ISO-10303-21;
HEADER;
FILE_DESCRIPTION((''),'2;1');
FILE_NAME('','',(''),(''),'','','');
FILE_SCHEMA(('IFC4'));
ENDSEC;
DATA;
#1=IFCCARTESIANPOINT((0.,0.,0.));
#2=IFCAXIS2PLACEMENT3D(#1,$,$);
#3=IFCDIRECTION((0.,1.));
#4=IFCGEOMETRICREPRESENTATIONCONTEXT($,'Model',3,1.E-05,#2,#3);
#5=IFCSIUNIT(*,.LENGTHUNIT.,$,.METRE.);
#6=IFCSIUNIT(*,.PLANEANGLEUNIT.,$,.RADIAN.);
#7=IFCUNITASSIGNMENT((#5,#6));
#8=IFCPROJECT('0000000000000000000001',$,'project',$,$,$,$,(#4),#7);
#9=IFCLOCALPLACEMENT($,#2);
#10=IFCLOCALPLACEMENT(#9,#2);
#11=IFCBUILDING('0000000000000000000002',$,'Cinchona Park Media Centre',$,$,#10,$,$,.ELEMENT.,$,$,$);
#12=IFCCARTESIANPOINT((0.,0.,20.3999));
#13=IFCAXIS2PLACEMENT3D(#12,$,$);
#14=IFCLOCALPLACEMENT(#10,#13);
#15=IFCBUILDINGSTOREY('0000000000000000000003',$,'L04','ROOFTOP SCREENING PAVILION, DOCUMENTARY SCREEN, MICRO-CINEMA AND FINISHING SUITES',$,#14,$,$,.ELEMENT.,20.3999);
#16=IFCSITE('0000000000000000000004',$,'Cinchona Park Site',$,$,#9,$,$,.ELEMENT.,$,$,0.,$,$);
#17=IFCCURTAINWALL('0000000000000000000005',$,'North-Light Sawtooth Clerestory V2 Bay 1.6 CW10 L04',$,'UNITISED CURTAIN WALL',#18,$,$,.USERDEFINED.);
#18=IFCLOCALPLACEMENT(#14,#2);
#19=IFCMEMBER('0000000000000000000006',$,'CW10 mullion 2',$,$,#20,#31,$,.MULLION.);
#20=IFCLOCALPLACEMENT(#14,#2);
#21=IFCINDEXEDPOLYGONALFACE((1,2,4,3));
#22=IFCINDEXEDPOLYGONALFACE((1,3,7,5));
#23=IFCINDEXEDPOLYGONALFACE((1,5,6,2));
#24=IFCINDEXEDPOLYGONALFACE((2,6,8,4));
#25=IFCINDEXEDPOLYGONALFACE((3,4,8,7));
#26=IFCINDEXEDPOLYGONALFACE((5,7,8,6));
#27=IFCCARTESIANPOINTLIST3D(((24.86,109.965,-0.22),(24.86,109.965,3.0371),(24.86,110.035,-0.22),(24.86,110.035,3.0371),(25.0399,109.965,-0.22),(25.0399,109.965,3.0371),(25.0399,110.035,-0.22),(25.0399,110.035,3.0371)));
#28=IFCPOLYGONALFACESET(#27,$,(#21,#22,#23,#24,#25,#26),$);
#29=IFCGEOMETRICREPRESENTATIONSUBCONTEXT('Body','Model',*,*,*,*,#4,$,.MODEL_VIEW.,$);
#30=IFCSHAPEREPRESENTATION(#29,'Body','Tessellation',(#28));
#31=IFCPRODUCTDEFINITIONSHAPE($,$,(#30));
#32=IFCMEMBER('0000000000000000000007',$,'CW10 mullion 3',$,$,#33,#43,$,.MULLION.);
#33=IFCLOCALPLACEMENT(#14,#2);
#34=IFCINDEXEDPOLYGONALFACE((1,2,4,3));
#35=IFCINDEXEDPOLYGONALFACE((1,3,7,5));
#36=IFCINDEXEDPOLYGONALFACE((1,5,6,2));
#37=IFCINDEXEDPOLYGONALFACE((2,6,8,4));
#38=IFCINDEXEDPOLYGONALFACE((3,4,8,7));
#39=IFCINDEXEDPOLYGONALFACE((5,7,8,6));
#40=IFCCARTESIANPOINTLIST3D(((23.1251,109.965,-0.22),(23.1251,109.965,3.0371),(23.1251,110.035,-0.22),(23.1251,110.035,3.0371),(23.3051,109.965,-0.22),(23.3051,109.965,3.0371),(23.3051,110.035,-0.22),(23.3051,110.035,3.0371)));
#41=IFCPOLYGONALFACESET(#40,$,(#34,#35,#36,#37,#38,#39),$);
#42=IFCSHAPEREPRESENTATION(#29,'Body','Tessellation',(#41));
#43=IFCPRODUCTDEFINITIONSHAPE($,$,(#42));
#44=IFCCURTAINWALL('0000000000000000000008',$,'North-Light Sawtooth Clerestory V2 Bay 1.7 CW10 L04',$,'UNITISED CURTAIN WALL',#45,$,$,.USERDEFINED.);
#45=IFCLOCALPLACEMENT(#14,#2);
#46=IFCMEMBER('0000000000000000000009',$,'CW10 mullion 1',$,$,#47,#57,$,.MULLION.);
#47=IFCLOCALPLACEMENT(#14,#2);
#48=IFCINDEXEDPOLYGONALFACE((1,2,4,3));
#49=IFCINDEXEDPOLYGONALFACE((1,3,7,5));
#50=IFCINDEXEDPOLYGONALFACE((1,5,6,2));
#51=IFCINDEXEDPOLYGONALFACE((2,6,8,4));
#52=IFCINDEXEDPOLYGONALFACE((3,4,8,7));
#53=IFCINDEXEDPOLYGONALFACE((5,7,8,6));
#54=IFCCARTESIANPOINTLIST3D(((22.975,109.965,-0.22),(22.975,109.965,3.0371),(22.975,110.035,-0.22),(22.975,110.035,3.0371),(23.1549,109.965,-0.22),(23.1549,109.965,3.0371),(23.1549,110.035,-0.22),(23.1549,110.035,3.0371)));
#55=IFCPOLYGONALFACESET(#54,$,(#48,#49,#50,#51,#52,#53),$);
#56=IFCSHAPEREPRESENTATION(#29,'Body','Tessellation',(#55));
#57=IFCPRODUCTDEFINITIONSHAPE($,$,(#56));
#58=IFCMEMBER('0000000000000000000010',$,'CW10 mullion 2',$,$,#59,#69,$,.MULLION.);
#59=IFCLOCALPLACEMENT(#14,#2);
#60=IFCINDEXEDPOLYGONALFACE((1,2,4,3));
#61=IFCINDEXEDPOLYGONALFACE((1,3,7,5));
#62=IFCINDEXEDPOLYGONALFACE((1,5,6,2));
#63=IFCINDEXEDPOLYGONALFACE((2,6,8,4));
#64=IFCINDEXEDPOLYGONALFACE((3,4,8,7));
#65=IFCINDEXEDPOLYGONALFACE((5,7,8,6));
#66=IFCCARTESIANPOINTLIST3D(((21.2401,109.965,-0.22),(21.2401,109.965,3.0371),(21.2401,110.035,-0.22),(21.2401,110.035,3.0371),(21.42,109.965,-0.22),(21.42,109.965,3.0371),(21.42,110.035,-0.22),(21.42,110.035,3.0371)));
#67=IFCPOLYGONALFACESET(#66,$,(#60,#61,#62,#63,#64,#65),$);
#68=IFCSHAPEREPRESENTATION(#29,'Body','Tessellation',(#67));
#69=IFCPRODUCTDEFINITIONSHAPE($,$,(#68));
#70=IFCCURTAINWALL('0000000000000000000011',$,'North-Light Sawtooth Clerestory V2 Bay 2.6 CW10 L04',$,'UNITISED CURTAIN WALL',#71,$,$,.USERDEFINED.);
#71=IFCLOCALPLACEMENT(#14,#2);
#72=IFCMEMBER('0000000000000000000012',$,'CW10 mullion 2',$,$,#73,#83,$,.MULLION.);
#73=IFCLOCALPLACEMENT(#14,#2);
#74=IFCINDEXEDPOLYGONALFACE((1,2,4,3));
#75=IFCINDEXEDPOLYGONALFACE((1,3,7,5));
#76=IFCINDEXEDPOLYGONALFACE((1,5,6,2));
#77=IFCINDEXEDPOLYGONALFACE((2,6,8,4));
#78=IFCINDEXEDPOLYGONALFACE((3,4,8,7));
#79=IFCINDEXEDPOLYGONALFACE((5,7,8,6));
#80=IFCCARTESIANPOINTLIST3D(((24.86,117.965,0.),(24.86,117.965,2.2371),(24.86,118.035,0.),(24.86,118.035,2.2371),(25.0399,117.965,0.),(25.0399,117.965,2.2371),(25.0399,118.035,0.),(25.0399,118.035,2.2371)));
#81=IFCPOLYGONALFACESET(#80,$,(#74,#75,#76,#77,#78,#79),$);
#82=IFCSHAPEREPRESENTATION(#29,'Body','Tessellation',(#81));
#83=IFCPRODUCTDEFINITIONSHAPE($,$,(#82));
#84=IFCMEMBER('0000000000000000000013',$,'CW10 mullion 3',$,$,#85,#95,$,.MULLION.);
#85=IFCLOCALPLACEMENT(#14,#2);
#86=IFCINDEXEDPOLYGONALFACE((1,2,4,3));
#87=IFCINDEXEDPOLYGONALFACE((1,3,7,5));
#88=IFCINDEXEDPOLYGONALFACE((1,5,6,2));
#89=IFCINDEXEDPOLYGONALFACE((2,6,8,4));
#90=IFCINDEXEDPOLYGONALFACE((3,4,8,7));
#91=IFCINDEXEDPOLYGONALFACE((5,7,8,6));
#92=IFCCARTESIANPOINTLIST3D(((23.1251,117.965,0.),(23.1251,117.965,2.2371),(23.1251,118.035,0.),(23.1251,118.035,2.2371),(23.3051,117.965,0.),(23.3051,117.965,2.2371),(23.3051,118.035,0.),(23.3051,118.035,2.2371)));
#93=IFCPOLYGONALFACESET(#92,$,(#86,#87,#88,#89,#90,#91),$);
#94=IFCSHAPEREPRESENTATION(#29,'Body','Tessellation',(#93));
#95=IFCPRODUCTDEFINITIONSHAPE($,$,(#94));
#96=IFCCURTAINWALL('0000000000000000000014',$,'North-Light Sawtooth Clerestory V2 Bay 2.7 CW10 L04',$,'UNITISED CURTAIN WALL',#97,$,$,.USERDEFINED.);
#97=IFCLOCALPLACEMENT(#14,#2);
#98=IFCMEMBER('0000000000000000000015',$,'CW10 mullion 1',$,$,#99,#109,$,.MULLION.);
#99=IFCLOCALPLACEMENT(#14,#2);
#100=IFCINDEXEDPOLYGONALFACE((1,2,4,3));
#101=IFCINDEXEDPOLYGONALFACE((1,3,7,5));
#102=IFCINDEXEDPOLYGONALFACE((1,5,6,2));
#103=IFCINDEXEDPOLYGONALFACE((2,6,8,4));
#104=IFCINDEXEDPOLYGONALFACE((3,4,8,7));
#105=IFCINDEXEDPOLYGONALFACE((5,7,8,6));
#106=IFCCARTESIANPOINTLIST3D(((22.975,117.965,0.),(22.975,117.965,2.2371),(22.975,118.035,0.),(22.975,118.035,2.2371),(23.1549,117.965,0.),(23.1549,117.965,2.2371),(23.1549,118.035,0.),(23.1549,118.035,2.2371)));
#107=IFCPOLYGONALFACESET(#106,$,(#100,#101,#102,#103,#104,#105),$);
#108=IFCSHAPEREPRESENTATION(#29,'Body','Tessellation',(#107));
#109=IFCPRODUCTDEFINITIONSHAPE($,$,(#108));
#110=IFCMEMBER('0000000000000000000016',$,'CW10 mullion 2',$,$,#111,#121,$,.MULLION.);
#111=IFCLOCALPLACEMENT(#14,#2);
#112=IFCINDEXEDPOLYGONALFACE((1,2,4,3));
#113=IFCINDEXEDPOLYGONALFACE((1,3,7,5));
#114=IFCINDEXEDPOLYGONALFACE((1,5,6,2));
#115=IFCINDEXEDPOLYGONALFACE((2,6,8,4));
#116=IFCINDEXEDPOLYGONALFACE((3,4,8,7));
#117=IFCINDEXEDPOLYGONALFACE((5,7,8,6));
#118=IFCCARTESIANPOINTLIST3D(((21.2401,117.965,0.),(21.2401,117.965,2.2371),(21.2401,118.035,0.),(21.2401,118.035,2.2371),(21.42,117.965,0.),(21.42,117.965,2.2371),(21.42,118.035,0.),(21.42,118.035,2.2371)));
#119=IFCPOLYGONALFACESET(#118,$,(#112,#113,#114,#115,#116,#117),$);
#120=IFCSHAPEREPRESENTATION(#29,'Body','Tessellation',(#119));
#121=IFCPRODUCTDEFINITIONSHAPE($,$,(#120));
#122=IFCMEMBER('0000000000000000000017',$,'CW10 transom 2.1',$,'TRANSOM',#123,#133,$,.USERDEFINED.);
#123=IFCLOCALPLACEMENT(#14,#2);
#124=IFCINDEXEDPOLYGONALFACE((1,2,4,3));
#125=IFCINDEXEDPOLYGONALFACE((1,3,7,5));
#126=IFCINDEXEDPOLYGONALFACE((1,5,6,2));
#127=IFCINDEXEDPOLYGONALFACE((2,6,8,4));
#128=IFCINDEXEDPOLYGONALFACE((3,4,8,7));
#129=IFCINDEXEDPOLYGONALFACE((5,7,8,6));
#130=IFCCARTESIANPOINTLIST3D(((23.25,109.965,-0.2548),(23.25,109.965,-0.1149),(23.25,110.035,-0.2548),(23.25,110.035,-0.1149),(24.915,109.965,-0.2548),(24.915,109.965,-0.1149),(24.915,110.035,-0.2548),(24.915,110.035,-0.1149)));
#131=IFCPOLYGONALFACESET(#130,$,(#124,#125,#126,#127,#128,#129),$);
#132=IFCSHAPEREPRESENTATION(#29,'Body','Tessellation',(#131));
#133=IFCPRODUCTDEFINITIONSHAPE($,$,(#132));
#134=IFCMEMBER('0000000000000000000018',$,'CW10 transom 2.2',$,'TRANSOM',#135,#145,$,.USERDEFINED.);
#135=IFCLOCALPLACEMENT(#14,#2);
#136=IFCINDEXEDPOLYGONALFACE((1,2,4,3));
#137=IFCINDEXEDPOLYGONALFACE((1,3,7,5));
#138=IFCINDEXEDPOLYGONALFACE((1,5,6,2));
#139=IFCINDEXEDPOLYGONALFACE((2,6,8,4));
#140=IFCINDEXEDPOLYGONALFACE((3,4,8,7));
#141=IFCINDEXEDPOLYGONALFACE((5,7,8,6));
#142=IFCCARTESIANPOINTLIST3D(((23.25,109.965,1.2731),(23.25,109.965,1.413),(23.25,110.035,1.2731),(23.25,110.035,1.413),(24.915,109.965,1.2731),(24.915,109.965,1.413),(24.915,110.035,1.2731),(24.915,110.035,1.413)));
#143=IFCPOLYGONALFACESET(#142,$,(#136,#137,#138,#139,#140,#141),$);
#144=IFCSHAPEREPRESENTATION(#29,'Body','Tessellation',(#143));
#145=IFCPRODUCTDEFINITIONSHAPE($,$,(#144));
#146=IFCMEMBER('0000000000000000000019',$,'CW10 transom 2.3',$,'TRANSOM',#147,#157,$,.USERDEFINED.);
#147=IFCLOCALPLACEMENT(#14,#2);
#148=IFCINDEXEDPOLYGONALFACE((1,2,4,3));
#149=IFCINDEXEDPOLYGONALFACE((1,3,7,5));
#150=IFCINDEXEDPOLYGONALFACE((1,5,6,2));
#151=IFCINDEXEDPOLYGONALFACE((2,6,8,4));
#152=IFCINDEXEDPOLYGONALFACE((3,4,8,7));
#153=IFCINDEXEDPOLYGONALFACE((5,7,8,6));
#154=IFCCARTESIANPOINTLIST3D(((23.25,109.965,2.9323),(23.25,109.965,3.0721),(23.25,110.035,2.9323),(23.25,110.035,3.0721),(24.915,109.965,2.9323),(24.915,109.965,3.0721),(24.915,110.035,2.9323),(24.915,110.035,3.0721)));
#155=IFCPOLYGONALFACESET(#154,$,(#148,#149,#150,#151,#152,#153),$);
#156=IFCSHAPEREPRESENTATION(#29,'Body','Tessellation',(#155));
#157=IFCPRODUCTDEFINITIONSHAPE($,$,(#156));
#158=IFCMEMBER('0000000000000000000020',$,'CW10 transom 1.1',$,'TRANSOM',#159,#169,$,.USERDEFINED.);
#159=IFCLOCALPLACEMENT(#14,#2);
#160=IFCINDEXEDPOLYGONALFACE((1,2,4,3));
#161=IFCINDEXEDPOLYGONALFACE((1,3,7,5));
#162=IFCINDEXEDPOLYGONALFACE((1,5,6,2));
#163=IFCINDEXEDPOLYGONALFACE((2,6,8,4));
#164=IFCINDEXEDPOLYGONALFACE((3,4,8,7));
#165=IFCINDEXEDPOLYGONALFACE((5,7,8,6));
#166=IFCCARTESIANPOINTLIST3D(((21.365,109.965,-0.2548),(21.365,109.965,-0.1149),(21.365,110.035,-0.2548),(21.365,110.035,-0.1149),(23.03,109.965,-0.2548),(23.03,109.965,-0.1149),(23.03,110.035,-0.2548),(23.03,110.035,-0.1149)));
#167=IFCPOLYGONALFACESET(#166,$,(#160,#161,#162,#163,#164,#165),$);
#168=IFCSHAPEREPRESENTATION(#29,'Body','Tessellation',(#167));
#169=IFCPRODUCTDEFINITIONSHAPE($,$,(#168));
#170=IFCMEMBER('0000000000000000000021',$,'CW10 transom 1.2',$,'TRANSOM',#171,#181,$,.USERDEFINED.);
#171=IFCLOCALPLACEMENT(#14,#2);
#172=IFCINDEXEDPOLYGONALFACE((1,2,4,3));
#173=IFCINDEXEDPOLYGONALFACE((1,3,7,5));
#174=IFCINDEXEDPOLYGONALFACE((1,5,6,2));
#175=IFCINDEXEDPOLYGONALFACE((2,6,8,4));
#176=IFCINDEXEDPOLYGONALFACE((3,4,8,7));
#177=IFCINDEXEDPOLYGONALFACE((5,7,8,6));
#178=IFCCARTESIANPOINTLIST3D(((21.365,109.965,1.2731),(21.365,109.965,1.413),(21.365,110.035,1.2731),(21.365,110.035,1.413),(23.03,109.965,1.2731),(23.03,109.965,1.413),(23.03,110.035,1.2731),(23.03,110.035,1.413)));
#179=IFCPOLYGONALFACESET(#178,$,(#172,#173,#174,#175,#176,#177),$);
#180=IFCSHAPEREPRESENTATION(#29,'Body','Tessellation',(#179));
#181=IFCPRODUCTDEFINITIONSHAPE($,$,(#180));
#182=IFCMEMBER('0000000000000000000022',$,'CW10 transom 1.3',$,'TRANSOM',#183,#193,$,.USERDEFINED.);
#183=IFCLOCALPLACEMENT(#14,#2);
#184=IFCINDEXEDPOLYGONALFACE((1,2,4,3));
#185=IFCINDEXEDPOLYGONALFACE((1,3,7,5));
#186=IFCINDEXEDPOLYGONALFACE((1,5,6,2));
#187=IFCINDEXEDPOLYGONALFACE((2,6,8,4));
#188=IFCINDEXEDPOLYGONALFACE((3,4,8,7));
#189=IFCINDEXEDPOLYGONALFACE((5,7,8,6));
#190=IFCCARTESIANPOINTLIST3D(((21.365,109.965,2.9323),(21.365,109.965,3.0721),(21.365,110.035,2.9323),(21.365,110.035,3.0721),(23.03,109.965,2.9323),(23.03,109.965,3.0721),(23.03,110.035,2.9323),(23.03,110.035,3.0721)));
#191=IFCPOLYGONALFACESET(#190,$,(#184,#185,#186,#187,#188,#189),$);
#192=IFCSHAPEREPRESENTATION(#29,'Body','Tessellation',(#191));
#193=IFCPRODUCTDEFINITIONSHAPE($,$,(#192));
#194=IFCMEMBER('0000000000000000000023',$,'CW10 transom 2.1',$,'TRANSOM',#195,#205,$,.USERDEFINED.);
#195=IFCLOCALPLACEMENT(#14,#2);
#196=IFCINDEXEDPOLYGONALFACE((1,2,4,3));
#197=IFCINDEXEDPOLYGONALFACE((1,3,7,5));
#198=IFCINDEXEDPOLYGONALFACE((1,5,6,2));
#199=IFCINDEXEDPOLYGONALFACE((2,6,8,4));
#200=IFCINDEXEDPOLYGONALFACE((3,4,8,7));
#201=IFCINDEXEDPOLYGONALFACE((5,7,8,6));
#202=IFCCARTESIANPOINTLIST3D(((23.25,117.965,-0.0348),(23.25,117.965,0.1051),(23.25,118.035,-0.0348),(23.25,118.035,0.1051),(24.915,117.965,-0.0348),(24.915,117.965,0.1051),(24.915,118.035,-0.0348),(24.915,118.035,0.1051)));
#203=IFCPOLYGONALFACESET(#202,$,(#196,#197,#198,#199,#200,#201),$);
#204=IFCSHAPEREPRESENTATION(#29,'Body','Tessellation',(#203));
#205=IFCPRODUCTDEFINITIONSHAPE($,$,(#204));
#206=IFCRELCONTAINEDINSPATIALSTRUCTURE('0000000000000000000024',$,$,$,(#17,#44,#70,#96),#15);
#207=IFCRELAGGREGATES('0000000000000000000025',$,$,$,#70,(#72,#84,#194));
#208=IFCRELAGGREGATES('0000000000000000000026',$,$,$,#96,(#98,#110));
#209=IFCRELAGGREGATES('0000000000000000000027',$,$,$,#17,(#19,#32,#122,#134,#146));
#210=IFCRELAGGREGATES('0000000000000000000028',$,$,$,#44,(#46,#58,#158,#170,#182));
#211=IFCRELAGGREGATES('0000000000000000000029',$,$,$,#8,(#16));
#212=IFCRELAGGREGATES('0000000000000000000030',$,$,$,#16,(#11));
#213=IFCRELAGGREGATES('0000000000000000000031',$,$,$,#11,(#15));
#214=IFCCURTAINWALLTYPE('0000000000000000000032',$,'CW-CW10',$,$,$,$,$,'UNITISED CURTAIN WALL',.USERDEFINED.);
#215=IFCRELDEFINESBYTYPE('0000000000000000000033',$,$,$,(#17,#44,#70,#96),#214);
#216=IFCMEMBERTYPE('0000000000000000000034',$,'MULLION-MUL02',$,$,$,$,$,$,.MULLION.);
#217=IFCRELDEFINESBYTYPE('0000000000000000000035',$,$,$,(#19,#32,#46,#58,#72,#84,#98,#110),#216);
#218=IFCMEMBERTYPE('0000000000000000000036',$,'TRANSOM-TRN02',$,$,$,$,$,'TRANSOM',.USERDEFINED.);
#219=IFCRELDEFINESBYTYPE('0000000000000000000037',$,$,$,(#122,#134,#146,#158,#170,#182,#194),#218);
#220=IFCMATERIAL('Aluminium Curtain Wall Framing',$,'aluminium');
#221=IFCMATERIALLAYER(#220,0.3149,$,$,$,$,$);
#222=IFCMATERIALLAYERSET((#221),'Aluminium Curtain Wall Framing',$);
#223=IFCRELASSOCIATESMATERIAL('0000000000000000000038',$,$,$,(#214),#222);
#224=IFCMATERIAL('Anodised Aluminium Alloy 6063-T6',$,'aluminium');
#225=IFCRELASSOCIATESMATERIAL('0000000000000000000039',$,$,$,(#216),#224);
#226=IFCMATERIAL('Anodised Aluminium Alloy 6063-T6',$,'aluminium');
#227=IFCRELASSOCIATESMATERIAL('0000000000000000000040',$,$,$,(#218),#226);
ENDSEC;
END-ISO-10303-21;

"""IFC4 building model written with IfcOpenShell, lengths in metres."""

from ifc_helpers import new_model, si_unit, direction, frame, origin, origin_2d, place, context, subcontext, project, spatial, rectangle, extrude, material, layer, layer_set, material_profile, profile_set, type_object, element, aggregate, save


model = new_model("IFC4")

# Units and contexts
model_context = context("Model", 3, precision=1e-05, world=origin(), true_north=direction((0.0, 1.0)))
body_context = subcontext(model_context, "Body", "Model", "MODEL_VIEW")
ifc_project = project(units=[si_unit("LENGTHUNIT", "METRE"), si_unit("PLANEANGLEUNIT", "RADIAN")], contexts=[model_context])

# Site, building, storey
site_placement = place(None, origin())
site = spatial("IfcSite", under=ifc_project, at=site_placement, Name="Cinchona Park Site", CompositionType="ELEMENT", RefElevation=0.0)
building_placement = place(site_placement, origin())
building = spatial("IfcBuilding", under=site, at=building_placement, Name="Cinchona Park Media Centre", CompositionType="ELEMENT")
storey_placement = place(building_placement, frame((0.0, 0.0, 20.3999)))
storey = spatial("IfcBuildingStorey", under=building, at=storey_placement, Name="L04", Description="ROOFTOP SCREENING PAVILION, DOCUMENTARY SCREEN, MICRO-CINEMA AND FINISHING SUITES", CompositionType="ELEMENT", Elevation=20.3999)

# Curtain walls, members
ifc_material_1 = material(Name="Aluminium Curtain Wall Framing", Category="aluminium")
ifc_layer_1 = layer(ifc_material_1, 0.3149)
ifc_layer_set_1 = layer_set([ifc_layer_1], Name="Aluminium Curtain Wall Framing")
curtain_wall_type = type_object("IfcCurtainWallType", Name="CW-CW10", ElementType="UNITISED CURTAIN WALL", PredefinedType="USERDEFINED", material=ifc_layer_set_1)
curtain_wall_1_placement = place(storey_placement, origin())
curtain_wall_1 = element("IfcCurtainWall", 1, at=curtain_wall_1_placement, inside=storey, type_object=curtain_wall_type, Name="North-Light Sawtooth Clerestory V2 Bay 1.6 CW10 L04", ObjectType="UNITISED CURTAIN WALL", PredefinedType="USERDEFINED")
ifc_material_2 = material(Name="Anodised Aluminium Alloy 6063-T6", Category="aluminium")
ifc_material_profile_1 = material_profile(ifc_material_2, rectangle(XDim=0.0701, YDim=0.1799, at=origin_2d()), Name="MUL-70X180")
ifc_profile_set_1 = profile_set([ifc_material_profile_1], Name="Anodised Aluminium Alloy 6063-T6")
member_type_1 = type_object("IfcMemberType", Name="MULLION-MUL02", PredefinedType="MULLION", material=ifc_profile_set_1)
member_1_placement = place(storey_placement, frame((24.95, 110.0, -0.22), z_axis=(0.0, 0.0, 1.0), x_axis=(0.0, -1.0, 0.0)))
member_1 = element("IfcMember", 2, at=member_1_placement, type_object=member_type_1, Name="CW10 mullion 2", PredefinedType="MULLION", context=body_context, shape_type="SweptSolid", body=[
    extrude(rectangle(XDim=0.0701, YDim=0.1799, at=origin_2d()), origin(), (0.0, 0.0, 1.0), 3.2571),
])
member_2_placement = place(storey_placement, frame((23.2151, 110.0, -0.22), z_axis=(0.0, 0.0, 1.0), x_axis=(0.0, -1.0, 0.0)))
member_2 = element("IfcMember", 3, at=member_2_placement, type_object=member_type_1, Name="CW10 mullion 3", PredefinedType="MULLION", context=body_context, shape_type="SweptSolid", body=[
    extrude(rectangle(XDim=0.0701, YDim=0.1799, at=origin_2d()), origin(), (0.0, 0.0, 1.0), 3.2571),
])
curtain_wall_2_placement = place(storey_placement, origin())
curtain_wall_2 = element("IfcCurtainWall", 4, at=curtain_wall_2_placement, inside=storey, type_object=curtain_wall_type, Name="North-Light Sawtooth Clerestory V2 Bay 1.7 CW10 L04", ObjectType="UNITISED CURTAIN WALL", PredefinedType="USERDEFINED")
member_3_placement = place(storey_placement, frame((23.0649, 110.0, -0.22), z_axis=(0.0, 0.0, 1.0), x_axis=(0.0, -1.0, 0.0)))
member_3 = element("IfcMember", 5, at=member_3_placement, type_object=member_type_1, Name="CW10 mullion 1", PredefinedType="MULLION", context=body_context, shape_type="SweptSolid", body=[
    extrude(rectangle(XDim=0.0701, YDim=0.1799, at=origin_2d()), origin(), (0.0, 0.0, 1.0), 3.2571),
])
member_4_placement = place(storey_placement, frame((21.3301, 110.0, -0.22), z_axis=(0.0, 0.0, 1.0), x_axis=(0.0, -1.0, 0.0)))
member_4 = element("IfcMember", 6, at=member_4_placement, type_object=member_type_1, Name="CW10 mullion 2", PredefinedType="MULLION", context=body_context, shape_type="SweptSolid", body=[
    extrude(rectangle(XDim=0.0701, YDim=0.1799, at=origin_2d()), origin(), (0.0, 0.0, 1.0), 3.2571),
])
curtain_wall_3_placement = place(storey_placement, origin())
curtain_wall_3 = element("IfcCurtainWall", 7, at=curtain_wall_3_placement, inside=storey, type_object=curtain_wall_type, Name="North-Light Sawtooth Clerestory V2 Bay 2.6 CW10 L04", ObjectType="UNITISED CURTAIN WALL", PredefinedType="USERDEFINED")
member_5_placement = place(storey_placement, frame((24.95, 118.0, 0.0), z_axis=(0.0, 0.0, 1.0), x_axis=(0.0, -1.0, 0.0)))
member_5 = element("IfcMember", 8, at=member_5_placement, type_object=member_type_1, Name="CW10 mullion 2", PredefinedType="MULLION", context=body_context, shape_type="SweptSolid", body=[
    extrude(rectangle(XDim=0.0701, YDim=0.1799, at=origin_2d()), origin(), (0.0, 0.0, 1.0), 2.2371),
])
member_6_placement = place(storey_placement, frame((23.2151, 118.0, 0.0), z_axis=(0.0, 0.0, 1.0), x_axis=(0.0, -1.0, 0.0)))
member_6 = element("IfcMember", 9, at=member_6_placement, type_object=member_type_1, Name="CW10 mullion 3", PredefinedType="MULLION", context=body_context, shape_type="SweptSolid", body=[
    extrude(rectangle(XDim=0.0701, YDim=0.1799, at=origin_2d()), origin(), (0.0, 0.0, 1.0), 2.2371),
])
curtain_wall_4_placement = place(storey_placement, origin())
curtain_wall_4 = element("IfcCurtainWall", 10, at=curtain_wall_4_placement, inside=storey, type_object=curtain_wall_type, Name="North-Light Sawtooth Clerestory V2 Bay 2.7 CW10 L04", ObjectType="UNITISED CURTAIN WALL", PredefinedType="USERDEFINED")
member_7_placement = place(storey_placement, frame((23.0649, 118.0, 0.0), z_axis=(0.0, 0.0, 1.0), x_axis=(0.0, -1.0, 0.0)))
member_7 = element("IfcMember", 11, at=member_7_placement, type_object=member_type_1, Name="CW10 mullion 1", PredefinedType="MULLION", context=body_context, shape_type="SweptSolid", body=[
    extrude(rectangle(XDim=0.0701, YDim=0.1799, at=origin_2d()), origin(), (0.0, 0.0, 1.0), 2.2371),
])
member_8_placement = place(storey_placement, frame((21.3301, 118.0, 0.0), z_axis=(0.0, 0.0, 1.0), x_axis=(0.0, -1.0, 0.0)))
member_8 = element("IfcMember", 12, at=member_8_placement, type_object=member_type_1, Name="CW10 mullion 2", PredefinedType="MULLION", context=body_context, shape_type="SweptSolid", body=[
    extrude(rectangle(XDim=0.0701, YDim=0.1799, at=origin_2d()), origin(), (0.0, 0.0, 1.0), 2.2371),
])

# Members
ifc_material_3 = material(Name="Anodised Aluminium Alloy 6063-T6", Category="aluminium")
ifc_material_profile_2 = material_profile(ifc_material_3, rectangle(XDim=0.0701, YDim=0.1399, at=origin_2d()), Name="TRN-70X140")
ifc_profile_set_2 = profile_set([ifc_material_profile_2], Name="Anodised Aluminium Alloy 6063-T6")
member_type_2 = type_object("IfcMemberType", Name="TRANSOM-TRN02", ElementType="TRANSOM", PredefinedType="USERDEFINED", material=ifc_profile_set_2)
member_9_placement = place(storey_placement, frame((24.915, 110.0, -0.1848), z_axis=(-1.0, 0.0, 0.0), x_axis=(0.0, -1.0, 0.0)))
member_9 = element("IfcMember", 13, at=member_9_placement, type_object=member_type_2, Name="CW10 transom 2.1", ObjectType="TRANSOM", PredefinedType="USERDEFINED", context=body_context, shape_type="SweptSolid", body=[
    extrude(rectangle(XDim=0.0701, YDim=0.1399, at=origin_2d()), origin(), (0.0, 0.0, 1.0), 1.665),
])
member_10_placement = place(storey_placement, frame((24.915, 110.0, 1.343), z_axis=(-1.0, 0.0, 0.0), x_axis=(0.0, -1.0, 0.0)))
member_10 = element("IfcMember", 14, at=member_10_placement, type_object=member_type_2, Name="CW10 transom 2.2", ObjectType="TRANSOM", PredefinedType="USERDEFINED", context=body_context, shape_type="SweptSolid", body=[
    extrude(rectangle(XDim=0.0701, YDim=0.1399, at=origin_2d()), origin(), (0.0, 0.0, 1.0), 1.665),
])
member_11_placement = place(storey_placement, frame((24.915, 110.0, 3.0022), z_axis=(-1.0, 0.0, 0.0), x_axis=(0.0, -1.0, 0.0)))
member_11 = element("IfcMember", 15, at=member_11_placement, type_object=member_type_2, Name="CW10 transom 2.3", ObjectType="TRANSOM", PredefinedType="USERDEFINED", context=body_context, shape_type="SweptSolid", body=[
    extrude(rectangle(XDim=0.0701, YDim=0.1399, at=origin_2d()), origin(), (0.0, 0.0, 1.0), 1.665),
])
member_12_placement = place(storey_placement, frame((23.03, 110.0, -0.1848), z_axis=(-1.0, 0.0, 0.0), x_axis=(0.0, -1.0, 0.0)))
member_12 = element("IfcMember", 16, at=member_12_placement, type_object=member_type_2, Name="CW10 transom 1.1", ObjectType="TRANSOM", PredefinedType="USERDEFINED", context=body_context, shape_type="SweptSolid", body=[
    extrude(rectangle(XDim=0.0701, YDim=0.1399, at=origin_2d()), origin(), (0.0, 0.0, 1.0), 1.665),
])
member_13_placement = place(storey_placement, frame((23.03, 110.0, 1.343), z_axis=(-1.0, 0.0, 0.0), x_axis=(0.0, -1.0, 0.0)))
member_13 = element("IfcMember", 17, at=member_13_placement, type_object=member_type_2, Name="CW10 transom 1.2", ObjectType="TRANSOM", PredefinedType="USERDEFINED", context=body_context, shape_type="SweptSolid", body=[
    extrude(rectangle(XDim=0.0701, YDim=0.1399, at=origin_2d()), origin(), (0.0, 0.0, 1.0), 1.665),
])
member_14_placement = place(storey_placement, frame((23.03, 110.0, 3.0022), z_axis=(-1.0, 0.0, 0.0), x_axis=(0.0, -1.0, 0.0)))
member_14 = element("IfcMember", 18, at=member_14_placement, type_object=member_type_2, Name="CW10 transom 1.3", ObjectType="TRANSOM", PredefinedType="USERDEFINED", context=body_context, shape_type="SweptSolid", body=[
    extrude(rectangle(XDim=0.0701, YDim=0.1399, at=origin_2d()), origin(), (0.0, 0.0, 1.0), 1.665),
])
member_15_placement = place(storey_placement, frame((24.915, 118.0, 0.0352), z_axis=(-1.0, 0.0, 0.0), x_axis=(0.0, -1.0, 0.0)))
member_15 = element("IfcMember", 19, at=member_15_placement, type_object=member_type_2, Name="CW10 transom 2.1", ObjectType="TRANSOM", PredefinedType="USERDEFINED", context=body_context, shape_type="SweptSolid", body=[
    extrude(rectangle(XDim=0.0701, YDim=0.1399, at=origin_2d()), origin(), (0.0, 0.0, 1.0), 1.665),
])

aggregate(curtain_wall_3, [member_5, member_6, member_15])
aggregate(curtain_wall_4, [member_7, member_8])
aggregate(curtain_wall_1, [member_1, member_2, member_9, member_10, member_11])
aggregate(curtain_wall_2, [member_3, member_4, member_12, member_13, member_14])

save(model, "model.ifc")
